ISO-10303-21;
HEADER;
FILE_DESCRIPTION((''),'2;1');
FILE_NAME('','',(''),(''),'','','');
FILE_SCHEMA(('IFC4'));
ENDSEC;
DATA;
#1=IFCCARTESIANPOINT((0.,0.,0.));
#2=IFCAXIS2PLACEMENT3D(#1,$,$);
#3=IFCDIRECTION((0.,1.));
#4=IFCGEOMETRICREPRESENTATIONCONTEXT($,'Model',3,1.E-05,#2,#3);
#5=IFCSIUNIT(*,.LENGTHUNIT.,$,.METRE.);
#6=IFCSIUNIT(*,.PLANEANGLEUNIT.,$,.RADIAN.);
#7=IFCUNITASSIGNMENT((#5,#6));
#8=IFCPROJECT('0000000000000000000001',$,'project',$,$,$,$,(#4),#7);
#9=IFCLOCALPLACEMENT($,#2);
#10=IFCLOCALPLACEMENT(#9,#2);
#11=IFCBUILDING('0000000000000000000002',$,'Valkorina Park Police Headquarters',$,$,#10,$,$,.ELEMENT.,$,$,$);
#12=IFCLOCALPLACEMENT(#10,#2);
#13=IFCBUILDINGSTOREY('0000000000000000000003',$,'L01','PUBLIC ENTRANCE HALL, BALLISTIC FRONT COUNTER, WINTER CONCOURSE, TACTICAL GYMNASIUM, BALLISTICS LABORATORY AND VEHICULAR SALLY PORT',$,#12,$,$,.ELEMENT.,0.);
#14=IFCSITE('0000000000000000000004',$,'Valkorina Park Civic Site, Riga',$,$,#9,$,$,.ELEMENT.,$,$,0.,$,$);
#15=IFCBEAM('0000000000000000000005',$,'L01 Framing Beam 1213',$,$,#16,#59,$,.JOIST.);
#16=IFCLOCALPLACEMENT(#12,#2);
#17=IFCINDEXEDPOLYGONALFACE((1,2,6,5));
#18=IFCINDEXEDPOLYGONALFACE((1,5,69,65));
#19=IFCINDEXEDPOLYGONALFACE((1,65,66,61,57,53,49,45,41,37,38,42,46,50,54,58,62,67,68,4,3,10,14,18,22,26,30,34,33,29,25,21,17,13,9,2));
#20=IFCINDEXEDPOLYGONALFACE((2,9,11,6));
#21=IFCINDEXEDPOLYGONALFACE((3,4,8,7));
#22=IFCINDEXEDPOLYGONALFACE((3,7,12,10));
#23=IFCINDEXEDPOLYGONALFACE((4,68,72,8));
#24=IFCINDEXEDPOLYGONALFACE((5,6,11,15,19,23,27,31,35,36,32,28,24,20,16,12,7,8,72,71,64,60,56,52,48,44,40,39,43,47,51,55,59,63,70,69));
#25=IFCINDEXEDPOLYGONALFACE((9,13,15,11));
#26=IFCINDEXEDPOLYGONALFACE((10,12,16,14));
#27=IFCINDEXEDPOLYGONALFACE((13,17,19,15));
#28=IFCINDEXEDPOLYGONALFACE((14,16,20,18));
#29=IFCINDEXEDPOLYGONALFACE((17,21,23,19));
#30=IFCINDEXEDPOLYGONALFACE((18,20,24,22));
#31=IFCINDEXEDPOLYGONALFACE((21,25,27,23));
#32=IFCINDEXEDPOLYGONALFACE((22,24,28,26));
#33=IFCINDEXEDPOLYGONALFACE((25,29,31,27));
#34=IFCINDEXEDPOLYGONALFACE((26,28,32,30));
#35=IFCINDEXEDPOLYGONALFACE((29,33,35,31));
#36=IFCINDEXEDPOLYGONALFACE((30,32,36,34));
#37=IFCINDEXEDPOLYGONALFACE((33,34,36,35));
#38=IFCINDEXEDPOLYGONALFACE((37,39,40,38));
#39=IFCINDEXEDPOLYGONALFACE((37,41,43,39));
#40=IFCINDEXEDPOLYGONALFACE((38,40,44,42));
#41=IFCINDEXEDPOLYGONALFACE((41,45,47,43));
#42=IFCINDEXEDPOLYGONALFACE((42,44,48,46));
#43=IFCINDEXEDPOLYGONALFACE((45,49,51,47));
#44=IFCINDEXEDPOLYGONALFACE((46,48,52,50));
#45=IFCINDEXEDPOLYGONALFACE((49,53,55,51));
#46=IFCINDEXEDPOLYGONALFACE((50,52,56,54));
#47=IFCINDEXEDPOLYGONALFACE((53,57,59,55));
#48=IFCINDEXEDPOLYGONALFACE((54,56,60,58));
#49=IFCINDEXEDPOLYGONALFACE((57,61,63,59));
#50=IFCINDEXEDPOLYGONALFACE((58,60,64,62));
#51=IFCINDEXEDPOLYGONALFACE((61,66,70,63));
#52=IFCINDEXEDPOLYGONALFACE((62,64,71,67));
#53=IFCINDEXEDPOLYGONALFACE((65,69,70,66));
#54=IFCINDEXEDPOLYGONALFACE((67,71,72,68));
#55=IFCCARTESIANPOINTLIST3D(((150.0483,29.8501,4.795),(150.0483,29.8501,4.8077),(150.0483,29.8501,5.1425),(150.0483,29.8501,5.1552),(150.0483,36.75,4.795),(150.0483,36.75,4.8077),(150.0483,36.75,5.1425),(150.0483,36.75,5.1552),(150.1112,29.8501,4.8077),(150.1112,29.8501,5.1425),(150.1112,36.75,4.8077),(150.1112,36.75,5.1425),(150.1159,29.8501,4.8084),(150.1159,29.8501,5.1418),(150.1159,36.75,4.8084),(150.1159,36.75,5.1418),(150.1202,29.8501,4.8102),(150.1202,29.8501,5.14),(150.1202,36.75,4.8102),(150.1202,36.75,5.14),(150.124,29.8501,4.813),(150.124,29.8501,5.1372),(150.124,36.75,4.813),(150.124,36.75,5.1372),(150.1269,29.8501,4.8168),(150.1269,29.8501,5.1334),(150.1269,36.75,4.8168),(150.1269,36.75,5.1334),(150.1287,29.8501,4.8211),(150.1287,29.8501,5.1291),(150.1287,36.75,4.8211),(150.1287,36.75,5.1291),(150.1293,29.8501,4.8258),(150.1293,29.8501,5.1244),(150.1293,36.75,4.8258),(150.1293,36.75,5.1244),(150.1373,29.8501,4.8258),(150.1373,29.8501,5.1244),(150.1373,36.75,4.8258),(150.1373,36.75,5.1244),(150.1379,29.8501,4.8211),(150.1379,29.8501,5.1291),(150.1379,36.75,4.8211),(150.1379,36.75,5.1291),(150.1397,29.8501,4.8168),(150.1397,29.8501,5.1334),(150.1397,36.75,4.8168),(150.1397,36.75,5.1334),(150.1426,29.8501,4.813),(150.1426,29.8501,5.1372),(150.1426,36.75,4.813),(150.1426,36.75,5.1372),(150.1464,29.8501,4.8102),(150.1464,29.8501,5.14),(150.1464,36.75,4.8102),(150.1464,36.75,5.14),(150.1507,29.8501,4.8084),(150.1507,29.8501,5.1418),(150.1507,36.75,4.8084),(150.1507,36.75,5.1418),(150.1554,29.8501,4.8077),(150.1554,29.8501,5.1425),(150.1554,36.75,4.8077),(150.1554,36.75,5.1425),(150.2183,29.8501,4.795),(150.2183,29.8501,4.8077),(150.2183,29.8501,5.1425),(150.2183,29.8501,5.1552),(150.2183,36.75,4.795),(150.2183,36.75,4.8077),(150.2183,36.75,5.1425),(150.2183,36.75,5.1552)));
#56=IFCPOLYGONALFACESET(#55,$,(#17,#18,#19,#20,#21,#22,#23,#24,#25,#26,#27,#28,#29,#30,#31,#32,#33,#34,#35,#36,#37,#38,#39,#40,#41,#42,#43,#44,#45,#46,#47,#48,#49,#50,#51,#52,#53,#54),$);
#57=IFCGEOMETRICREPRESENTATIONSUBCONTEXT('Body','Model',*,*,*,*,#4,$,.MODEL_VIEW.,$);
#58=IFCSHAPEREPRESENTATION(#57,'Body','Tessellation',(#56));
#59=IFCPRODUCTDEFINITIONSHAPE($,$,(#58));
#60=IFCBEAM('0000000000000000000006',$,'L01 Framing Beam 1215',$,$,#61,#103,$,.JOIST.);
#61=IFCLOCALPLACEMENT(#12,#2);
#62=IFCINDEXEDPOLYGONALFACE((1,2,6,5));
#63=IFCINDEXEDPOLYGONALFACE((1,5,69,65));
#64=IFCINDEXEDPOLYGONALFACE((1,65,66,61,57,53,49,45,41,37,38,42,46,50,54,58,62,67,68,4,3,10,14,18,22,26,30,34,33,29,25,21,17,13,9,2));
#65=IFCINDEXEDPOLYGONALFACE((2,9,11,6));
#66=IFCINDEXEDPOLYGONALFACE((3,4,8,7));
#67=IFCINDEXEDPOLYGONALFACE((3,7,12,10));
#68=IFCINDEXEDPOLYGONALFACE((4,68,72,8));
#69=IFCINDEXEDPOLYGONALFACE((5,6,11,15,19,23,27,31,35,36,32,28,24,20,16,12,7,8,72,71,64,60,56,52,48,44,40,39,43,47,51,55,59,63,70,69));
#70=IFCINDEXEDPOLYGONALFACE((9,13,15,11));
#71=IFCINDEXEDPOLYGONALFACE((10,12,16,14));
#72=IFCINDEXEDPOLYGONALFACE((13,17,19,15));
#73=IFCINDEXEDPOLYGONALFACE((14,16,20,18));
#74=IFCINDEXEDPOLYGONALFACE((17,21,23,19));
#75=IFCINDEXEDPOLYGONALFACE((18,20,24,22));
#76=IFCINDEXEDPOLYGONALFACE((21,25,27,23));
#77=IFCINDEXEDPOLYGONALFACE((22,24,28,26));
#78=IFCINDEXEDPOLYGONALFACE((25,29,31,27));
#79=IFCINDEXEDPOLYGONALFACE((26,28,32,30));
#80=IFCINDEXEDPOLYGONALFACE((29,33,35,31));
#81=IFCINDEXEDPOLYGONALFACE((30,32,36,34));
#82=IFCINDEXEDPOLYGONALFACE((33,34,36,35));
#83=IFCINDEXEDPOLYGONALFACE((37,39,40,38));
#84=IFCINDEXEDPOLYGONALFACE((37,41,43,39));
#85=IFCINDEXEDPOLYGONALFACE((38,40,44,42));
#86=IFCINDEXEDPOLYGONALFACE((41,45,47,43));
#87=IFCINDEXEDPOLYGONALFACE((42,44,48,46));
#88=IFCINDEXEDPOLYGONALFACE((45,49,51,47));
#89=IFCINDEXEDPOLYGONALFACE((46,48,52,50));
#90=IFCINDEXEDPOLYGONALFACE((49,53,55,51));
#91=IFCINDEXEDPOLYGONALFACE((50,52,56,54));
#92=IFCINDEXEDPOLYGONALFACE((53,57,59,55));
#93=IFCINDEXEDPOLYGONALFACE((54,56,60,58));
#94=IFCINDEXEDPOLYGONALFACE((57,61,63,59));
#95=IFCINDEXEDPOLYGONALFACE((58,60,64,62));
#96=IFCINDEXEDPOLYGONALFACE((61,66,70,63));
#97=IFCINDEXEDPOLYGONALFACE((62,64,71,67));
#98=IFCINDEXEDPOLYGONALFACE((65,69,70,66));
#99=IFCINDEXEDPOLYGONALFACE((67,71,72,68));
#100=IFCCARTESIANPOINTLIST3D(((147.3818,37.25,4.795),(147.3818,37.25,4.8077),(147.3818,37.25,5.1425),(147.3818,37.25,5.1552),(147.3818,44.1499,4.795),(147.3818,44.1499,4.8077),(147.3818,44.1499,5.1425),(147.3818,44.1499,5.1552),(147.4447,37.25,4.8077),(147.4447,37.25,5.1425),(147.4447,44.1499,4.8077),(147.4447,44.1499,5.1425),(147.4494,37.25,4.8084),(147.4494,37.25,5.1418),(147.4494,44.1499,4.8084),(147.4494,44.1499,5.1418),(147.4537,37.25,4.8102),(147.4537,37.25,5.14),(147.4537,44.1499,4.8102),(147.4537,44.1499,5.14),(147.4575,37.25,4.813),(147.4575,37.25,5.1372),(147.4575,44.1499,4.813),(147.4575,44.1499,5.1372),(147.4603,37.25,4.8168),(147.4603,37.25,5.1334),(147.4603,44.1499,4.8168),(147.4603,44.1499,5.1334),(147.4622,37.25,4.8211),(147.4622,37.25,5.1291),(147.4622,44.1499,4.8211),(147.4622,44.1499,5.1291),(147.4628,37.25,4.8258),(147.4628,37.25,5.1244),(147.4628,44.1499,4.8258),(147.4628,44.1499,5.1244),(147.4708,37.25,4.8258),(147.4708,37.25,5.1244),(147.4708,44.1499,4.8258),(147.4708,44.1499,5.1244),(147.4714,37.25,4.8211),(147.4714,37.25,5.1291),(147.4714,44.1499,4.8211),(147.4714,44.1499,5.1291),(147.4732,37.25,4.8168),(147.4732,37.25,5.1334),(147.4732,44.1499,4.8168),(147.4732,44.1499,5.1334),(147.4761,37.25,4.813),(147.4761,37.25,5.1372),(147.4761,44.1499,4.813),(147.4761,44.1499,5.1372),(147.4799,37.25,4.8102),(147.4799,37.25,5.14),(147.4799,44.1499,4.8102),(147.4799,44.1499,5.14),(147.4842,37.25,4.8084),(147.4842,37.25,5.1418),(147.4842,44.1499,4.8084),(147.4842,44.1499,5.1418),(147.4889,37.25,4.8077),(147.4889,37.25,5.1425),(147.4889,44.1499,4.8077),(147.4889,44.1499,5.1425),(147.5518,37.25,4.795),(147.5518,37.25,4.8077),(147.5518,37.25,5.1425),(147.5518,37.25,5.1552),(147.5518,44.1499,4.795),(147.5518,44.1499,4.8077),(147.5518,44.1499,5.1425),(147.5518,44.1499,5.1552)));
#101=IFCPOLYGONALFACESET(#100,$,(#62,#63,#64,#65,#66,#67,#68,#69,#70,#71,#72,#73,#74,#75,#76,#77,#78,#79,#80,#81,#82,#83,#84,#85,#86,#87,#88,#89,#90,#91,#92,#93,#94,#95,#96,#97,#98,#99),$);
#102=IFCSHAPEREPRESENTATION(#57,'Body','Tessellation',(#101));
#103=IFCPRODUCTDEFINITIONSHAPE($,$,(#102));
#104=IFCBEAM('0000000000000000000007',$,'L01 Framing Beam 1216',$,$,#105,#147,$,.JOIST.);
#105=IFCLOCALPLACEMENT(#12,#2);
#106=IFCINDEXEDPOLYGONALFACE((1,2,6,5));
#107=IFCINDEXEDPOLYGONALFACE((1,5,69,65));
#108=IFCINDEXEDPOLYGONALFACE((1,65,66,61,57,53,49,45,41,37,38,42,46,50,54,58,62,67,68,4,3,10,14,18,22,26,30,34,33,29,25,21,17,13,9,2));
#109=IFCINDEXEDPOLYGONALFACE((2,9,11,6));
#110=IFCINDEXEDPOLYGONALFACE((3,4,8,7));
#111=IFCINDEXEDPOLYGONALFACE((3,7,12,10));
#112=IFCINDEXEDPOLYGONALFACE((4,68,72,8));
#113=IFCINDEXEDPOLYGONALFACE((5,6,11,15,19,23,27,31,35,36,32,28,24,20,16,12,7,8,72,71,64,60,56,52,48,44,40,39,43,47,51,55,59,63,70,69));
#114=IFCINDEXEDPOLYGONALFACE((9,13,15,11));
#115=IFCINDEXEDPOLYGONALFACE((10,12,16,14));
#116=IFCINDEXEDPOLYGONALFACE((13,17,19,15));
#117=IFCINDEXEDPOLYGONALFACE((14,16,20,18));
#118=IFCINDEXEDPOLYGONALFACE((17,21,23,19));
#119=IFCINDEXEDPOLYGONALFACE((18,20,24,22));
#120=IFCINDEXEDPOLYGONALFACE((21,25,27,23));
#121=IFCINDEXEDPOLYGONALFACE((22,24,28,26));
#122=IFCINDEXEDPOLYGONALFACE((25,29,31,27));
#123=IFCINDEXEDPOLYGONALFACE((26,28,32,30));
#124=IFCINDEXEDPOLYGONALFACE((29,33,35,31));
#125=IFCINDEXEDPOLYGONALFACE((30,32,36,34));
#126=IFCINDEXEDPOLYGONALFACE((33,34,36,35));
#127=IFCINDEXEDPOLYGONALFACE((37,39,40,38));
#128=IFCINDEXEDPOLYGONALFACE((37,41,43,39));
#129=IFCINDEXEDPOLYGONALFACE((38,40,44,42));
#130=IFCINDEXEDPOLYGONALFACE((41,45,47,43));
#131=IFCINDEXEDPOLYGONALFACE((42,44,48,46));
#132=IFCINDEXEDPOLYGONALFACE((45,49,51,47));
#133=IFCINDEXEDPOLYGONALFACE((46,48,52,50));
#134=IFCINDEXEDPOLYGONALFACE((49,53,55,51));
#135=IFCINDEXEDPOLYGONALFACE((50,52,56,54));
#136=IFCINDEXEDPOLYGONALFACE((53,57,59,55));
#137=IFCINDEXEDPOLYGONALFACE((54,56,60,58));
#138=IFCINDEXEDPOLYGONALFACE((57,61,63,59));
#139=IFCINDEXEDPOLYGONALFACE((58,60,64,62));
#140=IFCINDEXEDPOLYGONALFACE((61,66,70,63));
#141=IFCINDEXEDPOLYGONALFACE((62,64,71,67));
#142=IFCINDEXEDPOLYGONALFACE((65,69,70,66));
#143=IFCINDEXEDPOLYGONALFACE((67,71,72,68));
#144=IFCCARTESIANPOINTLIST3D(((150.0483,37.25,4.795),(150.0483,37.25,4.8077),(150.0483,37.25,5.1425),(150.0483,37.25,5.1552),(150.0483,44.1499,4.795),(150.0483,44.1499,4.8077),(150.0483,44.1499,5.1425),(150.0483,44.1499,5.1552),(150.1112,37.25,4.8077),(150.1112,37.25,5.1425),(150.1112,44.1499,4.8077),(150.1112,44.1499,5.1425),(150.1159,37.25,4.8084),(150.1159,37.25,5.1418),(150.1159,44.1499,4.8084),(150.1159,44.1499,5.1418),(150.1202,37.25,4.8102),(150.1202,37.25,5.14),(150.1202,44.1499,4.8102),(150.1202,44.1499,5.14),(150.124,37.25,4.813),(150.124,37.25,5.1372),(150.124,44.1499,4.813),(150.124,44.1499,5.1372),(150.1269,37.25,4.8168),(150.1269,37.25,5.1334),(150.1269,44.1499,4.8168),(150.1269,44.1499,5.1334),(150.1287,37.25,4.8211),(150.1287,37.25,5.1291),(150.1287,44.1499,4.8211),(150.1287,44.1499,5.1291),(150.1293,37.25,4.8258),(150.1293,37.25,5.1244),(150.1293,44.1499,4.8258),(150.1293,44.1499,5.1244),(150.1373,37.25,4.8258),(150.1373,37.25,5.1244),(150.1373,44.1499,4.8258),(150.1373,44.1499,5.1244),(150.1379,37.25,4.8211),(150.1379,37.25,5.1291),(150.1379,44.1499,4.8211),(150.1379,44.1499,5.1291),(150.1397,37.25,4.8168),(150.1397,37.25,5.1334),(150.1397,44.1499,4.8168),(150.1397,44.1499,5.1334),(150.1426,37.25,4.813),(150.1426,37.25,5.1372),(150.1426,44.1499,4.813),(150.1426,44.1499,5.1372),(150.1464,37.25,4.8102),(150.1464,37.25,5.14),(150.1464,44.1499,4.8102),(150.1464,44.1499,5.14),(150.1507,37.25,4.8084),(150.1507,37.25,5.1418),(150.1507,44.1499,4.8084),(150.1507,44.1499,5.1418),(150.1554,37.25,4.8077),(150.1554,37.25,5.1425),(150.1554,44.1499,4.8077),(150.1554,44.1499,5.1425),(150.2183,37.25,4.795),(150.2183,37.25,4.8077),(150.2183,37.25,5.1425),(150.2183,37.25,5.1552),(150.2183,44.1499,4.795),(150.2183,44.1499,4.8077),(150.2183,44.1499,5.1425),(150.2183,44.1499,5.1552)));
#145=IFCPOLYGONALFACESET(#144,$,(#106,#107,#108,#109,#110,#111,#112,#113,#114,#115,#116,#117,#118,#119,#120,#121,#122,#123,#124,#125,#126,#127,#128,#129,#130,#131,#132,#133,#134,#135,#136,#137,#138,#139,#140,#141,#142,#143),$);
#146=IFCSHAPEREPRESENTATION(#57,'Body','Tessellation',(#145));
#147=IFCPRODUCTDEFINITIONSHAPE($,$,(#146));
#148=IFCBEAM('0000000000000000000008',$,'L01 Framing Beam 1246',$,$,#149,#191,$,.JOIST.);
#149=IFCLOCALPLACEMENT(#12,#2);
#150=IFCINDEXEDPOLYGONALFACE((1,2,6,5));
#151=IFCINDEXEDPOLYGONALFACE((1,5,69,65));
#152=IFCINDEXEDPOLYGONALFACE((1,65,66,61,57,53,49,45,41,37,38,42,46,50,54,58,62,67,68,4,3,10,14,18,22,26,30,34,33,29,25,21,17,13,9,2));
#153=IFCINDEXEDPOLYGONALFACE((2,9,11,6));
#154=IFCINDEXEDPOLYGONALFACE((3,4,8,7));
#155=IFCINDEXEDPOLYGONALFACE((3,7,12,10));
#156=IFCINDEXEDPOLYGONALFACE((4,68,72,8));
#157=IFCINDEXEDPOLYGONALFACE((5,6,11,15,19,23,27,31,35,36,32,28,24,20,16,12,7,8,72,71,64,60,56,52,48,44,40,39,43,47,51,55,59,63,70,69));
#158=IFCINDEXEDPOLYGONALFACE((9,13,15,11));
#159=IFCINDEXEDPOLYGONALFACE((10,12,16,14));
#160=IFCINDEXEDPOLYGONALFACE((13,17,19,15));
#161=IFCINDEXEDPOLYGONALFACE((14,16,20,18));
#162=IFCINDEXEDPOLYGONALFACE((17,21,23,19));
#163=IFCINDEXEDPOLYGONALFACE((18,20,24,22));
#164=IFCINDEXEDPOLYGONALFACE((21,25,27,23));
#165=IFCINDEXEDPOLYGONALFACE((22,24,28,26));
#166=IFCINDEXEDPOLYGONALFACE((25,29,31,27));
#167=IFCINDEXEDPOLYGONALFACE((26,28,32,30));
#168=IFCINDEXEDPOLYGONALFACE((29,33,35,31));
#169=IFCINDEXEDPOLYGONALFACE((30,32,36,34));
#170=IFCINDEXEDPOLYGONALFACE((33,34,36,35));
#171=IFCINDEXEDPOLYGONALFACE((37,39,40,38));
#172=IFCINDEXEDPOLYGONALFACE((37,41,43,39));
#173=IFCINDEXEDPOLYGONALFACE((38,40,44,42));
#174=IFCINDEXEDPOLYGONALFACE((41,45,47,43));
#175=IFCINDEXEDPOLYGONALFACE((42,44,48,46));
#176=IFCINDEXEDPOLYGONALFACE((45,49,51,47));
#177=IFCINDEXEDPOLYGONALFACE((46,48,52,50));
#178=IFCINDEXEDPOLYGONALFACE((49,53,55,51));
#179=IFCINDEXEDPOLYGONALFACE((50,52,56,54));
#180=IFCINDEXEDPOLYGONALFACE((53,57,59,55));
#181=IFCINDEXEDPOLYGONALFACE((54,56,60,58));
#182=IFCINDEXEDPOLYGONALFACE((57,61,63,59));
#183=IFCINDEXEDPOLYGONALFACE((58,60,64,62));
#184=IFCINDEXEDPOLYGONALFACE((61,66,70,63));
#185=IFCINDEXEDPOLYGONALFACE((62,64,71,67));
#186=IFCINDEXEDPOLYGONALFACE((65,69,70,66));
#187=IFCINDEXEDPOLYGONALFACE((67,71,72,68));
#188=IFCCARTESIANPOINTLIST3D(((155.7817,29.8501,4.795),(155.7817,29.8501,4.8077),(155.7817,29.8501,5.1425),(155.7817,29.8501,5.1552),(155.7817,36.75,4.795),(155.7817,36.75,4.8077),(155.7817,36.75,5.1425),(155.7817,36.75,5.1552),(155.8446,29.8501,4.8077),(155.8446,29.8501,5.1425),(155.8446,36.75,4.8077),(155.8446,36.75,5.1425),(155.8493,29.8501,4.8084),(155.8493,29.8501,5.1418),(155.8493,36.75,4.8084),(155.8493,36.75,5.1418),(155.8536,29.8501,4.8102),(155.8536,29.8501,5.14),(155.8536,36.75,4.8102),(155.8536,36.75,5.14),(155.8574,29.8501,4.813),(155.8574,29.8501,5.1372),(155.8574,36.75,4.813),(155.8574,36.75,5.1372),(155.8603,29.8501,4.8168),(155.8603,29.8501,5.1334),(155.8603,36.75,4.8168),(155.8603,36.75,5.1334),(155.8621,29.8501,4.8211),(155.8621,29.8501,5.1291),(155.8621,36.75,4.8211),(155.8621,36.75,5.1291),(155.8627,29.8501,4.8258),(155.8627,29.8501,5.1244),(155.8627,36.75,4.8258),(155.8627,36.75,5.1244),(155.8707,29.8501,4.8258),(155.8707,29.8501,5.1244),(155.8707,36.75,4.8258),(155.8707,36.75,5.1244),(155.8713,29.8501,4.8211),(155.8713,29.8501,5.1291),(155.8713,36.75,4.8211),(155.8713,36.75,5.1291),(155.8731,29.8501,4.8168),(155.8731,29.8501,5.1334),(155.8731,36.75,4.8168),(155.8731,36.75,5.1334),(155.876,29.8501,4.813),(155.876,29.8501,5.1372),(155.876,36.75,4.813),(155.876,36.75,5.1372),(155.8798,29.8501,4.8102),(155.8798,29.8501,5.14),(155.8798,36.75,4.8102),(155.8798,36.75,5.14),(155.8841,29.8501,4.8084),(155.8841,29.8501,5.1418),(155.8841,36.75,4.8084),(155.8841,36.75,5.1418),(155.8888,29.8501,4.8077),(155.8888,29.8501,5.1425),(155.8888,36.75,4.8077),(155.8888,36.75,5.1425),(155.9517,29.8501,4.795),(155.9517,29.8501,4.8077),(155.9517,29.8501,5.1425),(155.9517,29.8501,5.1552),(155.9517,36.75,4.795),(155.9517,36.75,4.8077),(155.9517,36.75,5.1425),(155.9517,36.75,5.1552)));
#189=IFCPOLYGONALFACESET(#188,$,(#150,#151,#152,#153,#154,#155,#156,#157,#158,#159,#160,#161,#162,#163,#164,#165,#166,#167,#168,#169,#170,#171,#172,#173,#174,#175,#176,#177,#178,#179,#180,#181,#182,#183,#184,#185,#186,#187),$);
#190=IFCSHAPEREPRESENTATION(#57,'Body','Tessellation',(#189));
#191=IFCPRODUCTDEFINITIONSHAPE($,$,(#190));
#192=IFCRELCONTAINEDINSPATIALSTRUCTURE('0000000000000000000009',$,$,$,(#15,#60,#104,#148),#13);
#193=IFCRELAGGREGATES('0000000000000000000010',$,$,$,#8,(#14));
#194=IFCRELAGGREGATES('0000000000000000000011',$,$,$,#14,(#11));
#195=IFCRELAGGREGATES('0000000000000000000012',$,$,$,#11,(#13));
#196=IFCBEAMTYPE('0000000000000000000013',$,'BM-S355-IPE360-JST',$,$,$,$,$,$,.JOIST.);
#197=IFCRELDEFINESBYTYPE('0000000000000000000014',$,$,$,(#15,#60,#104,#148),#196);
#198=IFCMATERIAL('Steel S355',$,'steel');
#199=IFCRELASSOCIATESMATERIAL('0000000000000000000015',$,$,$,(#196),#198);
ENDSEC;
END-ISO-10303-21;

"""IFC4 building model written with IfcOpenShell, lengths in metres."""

from ifc_helpers import new_model, si_unit, direction, frame, origin, origin_2d, place, context, subcontext, project, spatial, i_section, extrude, material, material_profile, profile_set, type_object, element, save


model = new_model("IFC4")

# Units and contexts
model_context = context("Model", 3, precision=1e-05, world=origin(), true_north=direction((0.0, 1.0)))
body_context = subcontext(model_context, "Body", "Model", "MODEL_VIEW")
ifc_project = project(units=[si_unit("LENGTHUNIT", "METRE"), si_unit("PLANEANGLEUNIT", "RADIAN")], contexts=[model_context])

# Site, building, storey
site_placement = place(None, origin())
site = spatial("IfcSite", under=ifc_project, at=site_placement, Name="Valkorina Park Civic Site, Riga", CompositionType="ELEMENT", RefElevation=0.0)
building_placement = place(site_placement, origin())
building = spatial("IfcBuilding", under=site, at=building_placement, Name="Valkorina Park Police Headquarters", CompositionType="ELEMENT")
storey_placement = place(building_placement, origin())
storey = spatial("IfcBuildingStorey", under=building, at=storey_placement, Name="L01", Description="PUBLIC ENTRANCE HALL, BALLISTIC FRONT COUNTER, WINTER CONCOURSE, TACTICAL GYMNASIUM, BALLISTICS LABORATORY AND VEHICULAR SALLY PORT", CompositionType="ELEMENT", Elevation=0.0)

# Beams
ifc_material_1 = material(Name="Steel S355", Category="steel")
ifc_material_profile_1 = material_profile(ifc_material_1, i_section(OverallWidth=0.1699, OverallDepth=0.3601, WebThickness=0.0081, FlangeThickness=0.0127, FilletRadius=0.0181, at=origin_2d()), Name="IPE 360")
ifc_profile_set_1 = profile_set([ifc_material_profile_1], Name="Steel S355")
beam_type_1 = type_object("IfcBeamType", Name="BM-S355-IPE360-JST", PredefinedType="JOIST", material=ifc_profile_set_1)
for number, where, z_axis, x_axis, name in (
    (1, (150.1333, 29.8501, 4.9751), (0.0, 1.0, 0.0), (-1.0, 0.0, 0.0), "L01 Framing Beam 1213"),
    (2, (147.4668, 37.25, 4.9751), (0.0, 1.0, 0.0), (-1.0, 0.0, 0.0), "L01 Framing Beam 1215"),
    (3, (150.1333, 37.25, 4.9751), (0.0, 1.0, 0.0), (-1.0, 0.0, 0.0), "L01 Framing Beam 1216"),
    (4, (155.8667, 29.8501, 4.9751), (0.0, 1.0, 0.0), (-1.0, 0.0, 0.0), "L01 Framing Beam 1246"),
):
    element("IfcBeam", number, at=place(storey_placement, frame(where, z_axis=z_axis, x_axis=x_axis)), inside=storey, type_object=beam_type_1, Name=name, PredefinedType="JOIST", context=body_context, shape_type="SweptSolid", body=[
        extrude(i_section(OverallWidth=0.1699, OverallDepth=0.3601, WebThickness=0.0081, FlangeThickness=0.0127, FilletRadius=0.0181, at=origin_2d()), origin(), (0.0, 0.0, 1.0), 6.8999),
    ])

save(model, "model.ifc")
